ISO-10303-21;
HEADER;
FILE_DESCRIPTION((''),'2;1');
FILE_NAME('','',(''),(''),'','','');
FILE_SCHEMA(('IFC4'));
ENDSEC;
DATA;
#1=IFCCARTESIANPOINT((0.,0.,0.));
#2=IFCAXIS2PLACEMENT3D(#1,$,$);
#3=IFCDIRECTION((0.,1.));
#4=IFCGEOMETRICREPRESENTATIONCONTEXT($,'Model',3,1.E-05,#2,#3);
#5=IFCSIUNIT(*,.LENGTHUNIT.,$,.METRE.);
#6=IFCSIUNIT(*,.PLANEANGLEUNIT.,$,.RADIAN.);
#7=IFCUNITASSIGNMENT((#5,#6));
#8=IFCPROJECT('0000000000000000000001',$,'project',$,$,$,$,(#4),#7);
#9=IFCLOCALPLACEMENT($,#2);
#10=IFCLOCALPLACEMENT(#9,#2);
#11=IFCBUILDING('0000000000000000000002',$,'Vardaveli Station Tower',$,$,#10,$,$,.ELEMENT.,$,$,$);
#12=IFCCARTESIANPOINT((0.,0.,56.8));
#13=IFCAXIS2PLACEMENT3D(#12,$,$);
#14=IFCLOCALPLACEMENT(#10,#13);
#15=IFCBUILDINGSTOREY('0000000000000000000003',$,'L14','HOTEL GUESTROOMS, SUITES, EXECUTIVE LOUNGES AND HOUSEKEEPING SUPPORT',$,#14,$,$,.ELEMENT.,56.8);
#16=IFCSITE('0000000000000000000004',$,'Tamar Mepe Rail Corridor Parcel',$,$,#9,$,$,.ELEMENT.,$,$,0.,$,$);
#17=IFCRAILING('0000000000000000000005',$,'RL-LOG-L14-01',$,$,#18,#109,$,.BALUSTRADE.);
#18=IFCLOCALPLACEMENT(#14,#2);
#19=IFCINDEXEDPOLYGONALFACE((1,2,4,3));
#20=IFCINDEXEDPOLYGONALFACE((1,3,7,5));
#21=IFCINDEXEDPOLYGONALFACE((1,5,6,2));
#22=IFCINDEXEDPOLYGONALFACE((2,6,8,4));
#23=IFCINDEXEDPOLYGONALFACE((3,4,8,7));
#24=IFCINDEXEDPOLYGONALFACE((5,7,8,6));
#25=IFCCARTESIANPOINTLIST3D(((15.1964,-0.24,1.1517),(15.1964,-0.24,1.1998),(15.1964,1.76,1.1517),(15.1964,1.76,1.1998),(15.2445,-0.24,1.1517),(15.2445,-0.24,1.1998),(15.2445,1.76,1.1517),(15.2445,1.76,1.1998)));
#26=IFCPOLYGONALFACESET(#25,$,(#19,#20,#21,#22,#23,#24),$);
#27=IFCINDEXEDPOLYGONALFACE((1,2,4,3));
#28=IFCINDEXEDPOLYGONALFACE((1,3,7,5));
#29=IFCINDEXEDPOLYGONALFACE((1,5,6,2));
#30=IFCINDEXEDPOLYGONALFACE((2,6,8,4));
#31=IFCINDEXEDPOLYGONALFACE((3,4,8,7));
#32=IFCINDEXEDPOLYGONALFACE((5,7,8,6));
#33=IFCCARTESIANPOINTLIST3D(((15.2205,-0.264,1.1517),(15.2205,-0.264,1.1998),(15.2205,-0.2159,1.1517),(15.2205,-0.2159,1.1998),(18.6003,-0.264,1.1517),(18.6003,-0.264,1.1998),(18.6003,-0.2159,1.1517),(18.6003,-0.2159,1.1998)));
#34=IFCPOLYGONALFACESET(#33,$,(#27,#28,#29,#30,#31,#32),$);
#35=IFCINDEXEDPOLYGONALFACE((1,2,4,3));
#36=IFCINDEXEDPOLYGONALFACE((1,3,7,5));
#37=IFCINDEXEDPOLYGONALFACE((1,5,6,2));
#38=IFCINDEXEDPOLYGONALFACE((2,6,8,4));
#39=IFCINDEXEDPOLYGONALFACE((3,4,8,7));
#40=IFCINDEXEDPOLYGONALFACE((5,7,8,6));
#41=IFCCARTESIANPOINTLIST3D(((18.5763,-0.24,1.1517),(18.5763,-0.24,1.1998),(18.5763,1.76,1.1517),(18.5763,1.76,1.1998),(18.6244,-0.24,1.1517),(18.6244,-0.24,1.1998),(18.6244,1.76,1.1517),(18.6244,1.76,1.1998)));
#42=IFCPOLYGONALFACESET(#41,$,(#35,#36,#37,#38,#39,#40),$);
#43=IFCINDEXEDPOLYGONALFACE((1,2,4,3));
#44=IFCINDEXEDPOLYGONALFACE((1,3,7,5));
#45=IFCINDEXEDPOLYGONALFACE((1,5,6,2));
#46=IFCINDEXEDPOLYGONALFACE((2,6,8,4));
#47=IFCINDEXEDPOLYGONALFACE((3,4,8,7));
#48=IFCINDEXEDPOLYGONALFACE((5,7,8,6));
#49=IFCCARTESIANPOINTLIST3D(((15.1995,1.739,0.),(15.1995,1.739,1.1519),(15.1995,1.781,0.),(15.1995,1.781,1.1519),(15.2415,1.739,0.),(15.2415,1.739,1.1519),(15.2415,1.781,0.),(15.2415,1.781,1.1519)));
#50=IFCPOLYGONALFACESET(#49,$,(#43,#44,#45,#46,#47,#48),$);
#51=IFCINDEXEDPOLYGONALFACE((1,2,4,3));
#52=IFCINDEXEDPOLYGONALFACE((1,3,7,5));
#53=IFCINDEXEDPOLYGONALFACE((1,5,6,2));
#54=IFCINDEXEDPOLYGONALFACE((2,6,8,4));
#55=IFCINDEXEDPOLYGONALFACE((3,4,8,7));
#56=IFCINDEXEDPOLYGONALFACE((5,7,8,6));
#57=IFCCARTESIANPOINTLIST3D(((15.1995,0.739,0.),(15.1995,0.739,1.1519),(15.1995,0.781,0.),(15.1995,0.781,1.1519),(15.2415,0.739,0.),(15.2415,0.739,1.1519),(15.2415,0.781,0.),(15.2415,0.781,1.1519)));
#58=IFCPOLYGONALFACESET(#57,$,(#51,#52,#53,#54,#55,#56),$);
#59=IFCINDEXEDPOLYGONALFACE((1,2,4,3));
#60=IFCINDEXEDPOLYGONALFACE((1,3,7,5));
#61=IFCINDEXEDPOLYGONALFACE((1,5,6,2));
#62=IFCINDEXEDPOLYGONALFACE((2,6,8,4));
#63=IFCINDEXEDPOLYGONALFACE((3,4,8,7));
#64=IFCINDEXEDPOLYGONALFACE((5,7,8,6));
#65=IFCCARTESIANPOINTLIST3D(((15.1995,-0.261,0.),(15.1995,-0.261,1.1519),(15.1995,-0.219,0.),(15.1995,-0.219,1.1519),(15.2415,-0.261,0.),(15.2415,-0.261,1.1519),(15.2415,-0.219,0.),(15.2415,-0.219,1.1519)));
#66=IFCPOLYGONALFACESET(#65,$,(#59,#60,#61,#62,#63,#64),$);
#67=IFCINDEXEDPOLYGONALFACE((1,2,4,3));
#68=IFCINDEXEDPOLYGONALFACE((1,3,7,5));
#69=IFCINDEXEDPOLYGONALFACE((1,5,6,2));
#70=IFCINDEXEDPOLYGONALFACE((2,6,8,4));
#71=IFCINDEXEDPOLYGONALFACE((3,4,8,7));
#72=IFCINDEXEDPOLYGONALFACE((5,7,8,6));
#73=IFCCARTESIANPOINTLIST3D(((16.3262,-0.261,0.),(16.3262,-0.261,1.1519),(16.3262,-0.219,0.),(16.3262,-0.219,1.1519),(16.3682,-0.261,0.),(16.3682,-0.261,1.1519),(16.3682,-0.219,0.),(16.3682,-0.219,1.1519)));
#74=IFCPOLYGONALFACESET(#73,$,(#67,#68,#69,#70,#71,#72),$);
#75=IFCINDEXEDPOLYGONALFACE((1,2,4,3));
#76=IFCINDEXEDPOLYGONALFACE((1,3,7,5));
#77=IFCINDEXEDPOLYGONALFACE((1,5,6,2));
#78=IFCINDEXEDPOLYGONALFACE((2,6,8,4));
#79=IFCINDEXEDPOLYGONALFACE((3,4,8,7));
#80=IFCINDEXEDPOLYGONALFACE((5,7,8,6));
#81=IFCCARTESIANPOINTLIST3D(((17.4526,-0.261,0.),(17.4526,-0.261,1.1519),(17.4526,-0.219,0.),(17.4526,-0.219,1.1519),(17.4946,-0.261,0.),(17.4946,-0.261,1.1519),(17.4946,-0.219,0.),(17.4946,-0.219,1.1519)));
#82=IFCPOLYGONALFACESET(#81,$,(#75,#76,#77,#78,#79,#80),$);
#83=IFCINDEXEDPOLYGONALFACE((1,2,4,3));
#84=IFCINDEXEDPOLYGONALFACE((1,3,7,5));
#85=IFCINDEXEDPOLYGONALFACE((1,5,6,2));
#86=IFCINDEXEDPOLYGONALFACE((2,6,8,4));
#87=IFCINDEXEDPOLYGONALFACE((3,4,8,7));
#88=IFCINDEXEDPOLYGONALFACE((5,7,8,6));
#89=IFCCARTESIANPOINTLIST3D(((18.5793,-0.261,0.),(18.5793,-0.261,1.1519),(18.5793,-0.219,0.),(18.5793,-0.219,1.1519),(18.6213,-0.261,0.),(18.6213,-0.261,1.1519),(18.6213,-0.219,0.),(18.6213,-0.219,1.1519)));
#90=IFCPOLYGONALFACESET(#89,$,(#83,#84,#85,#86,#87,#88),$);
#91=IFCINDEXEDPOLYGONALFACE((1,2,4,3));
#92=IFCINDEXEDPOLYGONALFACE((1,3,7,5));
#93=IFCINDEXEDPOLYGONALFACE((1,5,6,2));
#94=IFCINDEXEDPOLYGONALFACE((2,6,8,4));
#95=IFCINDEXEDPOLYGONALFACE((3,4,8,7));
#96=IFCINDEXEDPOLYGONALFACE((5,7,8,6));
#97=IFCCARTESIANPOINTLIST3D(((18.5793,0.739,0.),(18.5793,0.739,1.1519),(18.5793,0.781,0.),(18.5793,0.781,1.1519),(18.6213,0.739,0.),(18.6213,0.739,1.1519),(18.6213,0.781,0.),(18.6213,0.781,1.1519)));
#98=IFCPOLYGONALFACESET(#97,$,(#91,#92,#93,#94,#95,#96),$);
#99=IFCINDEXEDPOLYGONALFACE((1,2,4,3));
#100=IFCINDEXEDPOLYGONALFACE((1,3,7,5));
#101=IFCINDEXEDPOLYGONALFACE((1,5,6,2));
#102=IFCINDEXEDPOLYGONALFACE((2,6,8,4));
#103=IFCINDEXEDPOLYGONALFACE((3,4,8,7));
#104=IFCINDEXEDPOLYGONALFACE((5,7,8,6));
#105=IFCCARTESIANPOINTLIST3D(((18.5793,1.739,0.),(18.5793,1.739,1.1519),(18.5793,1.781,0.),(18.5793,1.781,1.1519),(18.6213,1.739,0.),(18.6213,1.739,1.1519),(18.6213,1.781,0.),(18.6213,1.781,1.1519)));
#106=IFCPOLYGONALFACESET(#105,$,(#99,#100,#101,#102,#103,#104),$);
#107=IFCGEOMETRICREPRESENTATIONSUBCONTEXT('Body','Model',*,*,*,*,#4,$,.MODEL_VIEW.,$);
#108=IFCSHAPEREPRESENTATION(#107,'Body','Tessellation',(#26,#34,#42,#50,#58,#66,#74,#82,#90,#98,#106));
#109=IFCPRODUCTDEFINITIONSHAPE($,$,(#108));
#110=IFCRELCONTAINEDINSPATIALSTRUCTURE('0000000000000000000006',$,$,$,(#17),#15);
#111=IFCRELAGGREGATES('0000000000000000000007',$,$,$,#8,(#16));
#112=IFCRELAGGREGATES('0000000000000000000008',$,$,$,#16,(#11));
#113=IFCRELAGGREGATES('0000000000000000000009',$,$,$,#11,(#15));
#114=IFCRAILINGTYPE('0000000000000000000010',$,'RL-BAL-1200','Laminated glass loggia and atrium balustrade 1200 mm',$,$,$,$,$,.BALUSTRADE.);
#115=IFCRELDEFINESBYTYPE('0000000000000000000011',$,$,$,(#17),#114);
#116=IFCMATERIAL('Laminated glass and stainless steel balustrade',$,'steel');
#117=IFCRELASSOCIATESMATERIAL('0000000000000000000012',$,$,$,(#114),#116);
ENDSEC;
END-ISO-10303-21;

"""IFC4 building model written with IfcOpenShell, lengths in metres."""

from ifc_helpers import new_model, si_unit, direction, frame, origin, origin_2d, place, context, subcontext, project, spatial, rectangle, extrude, source, transform, mapped, material, type_object, element, save


model = new_model("IFC4")

# Units and contexts
model_context = context("Model", 3, precision=1e-05, world=origin(), true_north=direction((0.0, 1.0)))
body_context = subcontext(model_context, "Body", "Model", "MODEL_VIEW")
ifc_project = project(units=[si_unit("LENGTHUNIT", "METRE"), si_unit("PLANEANGLEUNIT", "RADIAN")], contexts=[model_context])

# Site, building, storey
site_placement = place(None, origin())
site = spatial("IfcSite", under=ifc_project, at=site_placement, Name="Tamar Mepe Rail Corridor Parcel", CompositionType="ELEMENT", RefElevation=0.0)
building_placement = place(site_placement, origin())
building = spatial("IfcBuilding", under=site, at=building_placement, Name="Vardaveli Station Tower", CompositionType="ELEMENT")
storey_placement = place(building_placement, frame((0.0, 0.0, 56.8)))
storey = spatial("IfcBuildingStorey", under=building, at=storey_placement, Name="L14", Description="HOTEL GUESTROOMS, SUITES, EXECUTIVE LOUNGES AND HOUSEKEEPING SUPPORT", CompositionType="ELEMENT", Elevation=56.8)

# Railing
ifc_material_1 = material(Name="Laminated glass and stainless steel balustrade", Category="steel")
railing_type = type_object("IfcRailingType", Name="RL-BAL-1200", Description="Laminated glass loggia and atrium balustrade 1200 mm", PredefinedType="BALUSTRADE", material=ifc_material_1)
shared_shape_1 = source(origin(), body_context, "Body", "SweptSolid", [
    extrude(rectangle(XDim=0.0481, YDim=0.0481, at=origin_2d()), frame((0.0, 0.0, 1.1758), z_axis=(0.0, -1.0, 0.0), x_axis=(1.0, 0.0, 0.0)), (0.0, 0.0, 1.0), 2.0),
    extrude(rectangle(XDim=0.0481, YDim=0.0481, at=origin_2d()), frame((0.0, -2.0, 1.1758), z_axis=(1.0, 0.0, 0.0), x_axis=(0.0, 1.0, 0.0)), (0.0, 0.0, 1.0), 3.3799),
    extrude(rectangle(XDim=0.0481, YDim=0.0481, at=origin_2d()), frame((3.3799, -2.0, 1.1758), z_axis=(0.0, 1.0, 0.0), x_axis=(-1.0, 0.0, 0.0)), (0.0, 0.0, 1.0), 2.0),
    extrude(rectangle(XDim=0.042, YDim=0.042, at=origin_2d()), origin(), (0.0, 0.0, 1.0), 1.1519),
    extrude(rectangle(XDim=0.042, YDim=0.042, at=origin_2d()), frame((0.0, -1.0, 0.0)), (0.0, 0.0, 1.0), 1.1519),
    extrude(rectangle(XDim=0.042, YDim=0.042, at=origin_2d()), frame((0.0, -2.0, 0.0)), (0.0, 0.0, 1.0), 1.1519),
    extrude(rectangle(XDim=0.042, YDim=0.042, at=origin_2d()), frame((1.1267, -2.0, 0.0)), (0.0, 0.0, 1.0), 1.1519),
    extrude(rectangle(XDim=0.042, YDim=0.042, at=origin_2d()), frame((2.2532, -2.0, 0.0)), (0.0, 0.0, 1.0), 1.1519),
    extrude(rectangle(XDim=0.042, YDim=0.042, at=origin_2d()), frame((3.3799, -2.0, 0.0)), (0.0, 0.0, 1.0), 1.1519),
    extrude(rectangle(XDim=0.042, YDim=0.042, at=origin_2d()), frame((3.3799, -1.0, 0.0)), (0.0, 0.0, 1.0), 1.1519),
    extrude(rectangle(XDim=0.042, YDim=0.042, at=origin_2d()), frame((3.3799, 0.0, 0.0)), (0.0, 0.0, 1.0), 1.1519),
])
railing_placement = place(storey_placement, frame((15.2205, 1.76, 0.0)))
element("IfcRailing", 1, at=railing_placement, inside=storey, type_object=railing_type, Name="RL-LOG-L14-01", PredefinedType="BALUSTRADE", context=body_context, shape_type="MappedRepresentation", body=[
    mapped(shared_shape_1, transform((0.0, 0.0, 0.0), scale=1.0)),
])

save(model, "model.ifc")
